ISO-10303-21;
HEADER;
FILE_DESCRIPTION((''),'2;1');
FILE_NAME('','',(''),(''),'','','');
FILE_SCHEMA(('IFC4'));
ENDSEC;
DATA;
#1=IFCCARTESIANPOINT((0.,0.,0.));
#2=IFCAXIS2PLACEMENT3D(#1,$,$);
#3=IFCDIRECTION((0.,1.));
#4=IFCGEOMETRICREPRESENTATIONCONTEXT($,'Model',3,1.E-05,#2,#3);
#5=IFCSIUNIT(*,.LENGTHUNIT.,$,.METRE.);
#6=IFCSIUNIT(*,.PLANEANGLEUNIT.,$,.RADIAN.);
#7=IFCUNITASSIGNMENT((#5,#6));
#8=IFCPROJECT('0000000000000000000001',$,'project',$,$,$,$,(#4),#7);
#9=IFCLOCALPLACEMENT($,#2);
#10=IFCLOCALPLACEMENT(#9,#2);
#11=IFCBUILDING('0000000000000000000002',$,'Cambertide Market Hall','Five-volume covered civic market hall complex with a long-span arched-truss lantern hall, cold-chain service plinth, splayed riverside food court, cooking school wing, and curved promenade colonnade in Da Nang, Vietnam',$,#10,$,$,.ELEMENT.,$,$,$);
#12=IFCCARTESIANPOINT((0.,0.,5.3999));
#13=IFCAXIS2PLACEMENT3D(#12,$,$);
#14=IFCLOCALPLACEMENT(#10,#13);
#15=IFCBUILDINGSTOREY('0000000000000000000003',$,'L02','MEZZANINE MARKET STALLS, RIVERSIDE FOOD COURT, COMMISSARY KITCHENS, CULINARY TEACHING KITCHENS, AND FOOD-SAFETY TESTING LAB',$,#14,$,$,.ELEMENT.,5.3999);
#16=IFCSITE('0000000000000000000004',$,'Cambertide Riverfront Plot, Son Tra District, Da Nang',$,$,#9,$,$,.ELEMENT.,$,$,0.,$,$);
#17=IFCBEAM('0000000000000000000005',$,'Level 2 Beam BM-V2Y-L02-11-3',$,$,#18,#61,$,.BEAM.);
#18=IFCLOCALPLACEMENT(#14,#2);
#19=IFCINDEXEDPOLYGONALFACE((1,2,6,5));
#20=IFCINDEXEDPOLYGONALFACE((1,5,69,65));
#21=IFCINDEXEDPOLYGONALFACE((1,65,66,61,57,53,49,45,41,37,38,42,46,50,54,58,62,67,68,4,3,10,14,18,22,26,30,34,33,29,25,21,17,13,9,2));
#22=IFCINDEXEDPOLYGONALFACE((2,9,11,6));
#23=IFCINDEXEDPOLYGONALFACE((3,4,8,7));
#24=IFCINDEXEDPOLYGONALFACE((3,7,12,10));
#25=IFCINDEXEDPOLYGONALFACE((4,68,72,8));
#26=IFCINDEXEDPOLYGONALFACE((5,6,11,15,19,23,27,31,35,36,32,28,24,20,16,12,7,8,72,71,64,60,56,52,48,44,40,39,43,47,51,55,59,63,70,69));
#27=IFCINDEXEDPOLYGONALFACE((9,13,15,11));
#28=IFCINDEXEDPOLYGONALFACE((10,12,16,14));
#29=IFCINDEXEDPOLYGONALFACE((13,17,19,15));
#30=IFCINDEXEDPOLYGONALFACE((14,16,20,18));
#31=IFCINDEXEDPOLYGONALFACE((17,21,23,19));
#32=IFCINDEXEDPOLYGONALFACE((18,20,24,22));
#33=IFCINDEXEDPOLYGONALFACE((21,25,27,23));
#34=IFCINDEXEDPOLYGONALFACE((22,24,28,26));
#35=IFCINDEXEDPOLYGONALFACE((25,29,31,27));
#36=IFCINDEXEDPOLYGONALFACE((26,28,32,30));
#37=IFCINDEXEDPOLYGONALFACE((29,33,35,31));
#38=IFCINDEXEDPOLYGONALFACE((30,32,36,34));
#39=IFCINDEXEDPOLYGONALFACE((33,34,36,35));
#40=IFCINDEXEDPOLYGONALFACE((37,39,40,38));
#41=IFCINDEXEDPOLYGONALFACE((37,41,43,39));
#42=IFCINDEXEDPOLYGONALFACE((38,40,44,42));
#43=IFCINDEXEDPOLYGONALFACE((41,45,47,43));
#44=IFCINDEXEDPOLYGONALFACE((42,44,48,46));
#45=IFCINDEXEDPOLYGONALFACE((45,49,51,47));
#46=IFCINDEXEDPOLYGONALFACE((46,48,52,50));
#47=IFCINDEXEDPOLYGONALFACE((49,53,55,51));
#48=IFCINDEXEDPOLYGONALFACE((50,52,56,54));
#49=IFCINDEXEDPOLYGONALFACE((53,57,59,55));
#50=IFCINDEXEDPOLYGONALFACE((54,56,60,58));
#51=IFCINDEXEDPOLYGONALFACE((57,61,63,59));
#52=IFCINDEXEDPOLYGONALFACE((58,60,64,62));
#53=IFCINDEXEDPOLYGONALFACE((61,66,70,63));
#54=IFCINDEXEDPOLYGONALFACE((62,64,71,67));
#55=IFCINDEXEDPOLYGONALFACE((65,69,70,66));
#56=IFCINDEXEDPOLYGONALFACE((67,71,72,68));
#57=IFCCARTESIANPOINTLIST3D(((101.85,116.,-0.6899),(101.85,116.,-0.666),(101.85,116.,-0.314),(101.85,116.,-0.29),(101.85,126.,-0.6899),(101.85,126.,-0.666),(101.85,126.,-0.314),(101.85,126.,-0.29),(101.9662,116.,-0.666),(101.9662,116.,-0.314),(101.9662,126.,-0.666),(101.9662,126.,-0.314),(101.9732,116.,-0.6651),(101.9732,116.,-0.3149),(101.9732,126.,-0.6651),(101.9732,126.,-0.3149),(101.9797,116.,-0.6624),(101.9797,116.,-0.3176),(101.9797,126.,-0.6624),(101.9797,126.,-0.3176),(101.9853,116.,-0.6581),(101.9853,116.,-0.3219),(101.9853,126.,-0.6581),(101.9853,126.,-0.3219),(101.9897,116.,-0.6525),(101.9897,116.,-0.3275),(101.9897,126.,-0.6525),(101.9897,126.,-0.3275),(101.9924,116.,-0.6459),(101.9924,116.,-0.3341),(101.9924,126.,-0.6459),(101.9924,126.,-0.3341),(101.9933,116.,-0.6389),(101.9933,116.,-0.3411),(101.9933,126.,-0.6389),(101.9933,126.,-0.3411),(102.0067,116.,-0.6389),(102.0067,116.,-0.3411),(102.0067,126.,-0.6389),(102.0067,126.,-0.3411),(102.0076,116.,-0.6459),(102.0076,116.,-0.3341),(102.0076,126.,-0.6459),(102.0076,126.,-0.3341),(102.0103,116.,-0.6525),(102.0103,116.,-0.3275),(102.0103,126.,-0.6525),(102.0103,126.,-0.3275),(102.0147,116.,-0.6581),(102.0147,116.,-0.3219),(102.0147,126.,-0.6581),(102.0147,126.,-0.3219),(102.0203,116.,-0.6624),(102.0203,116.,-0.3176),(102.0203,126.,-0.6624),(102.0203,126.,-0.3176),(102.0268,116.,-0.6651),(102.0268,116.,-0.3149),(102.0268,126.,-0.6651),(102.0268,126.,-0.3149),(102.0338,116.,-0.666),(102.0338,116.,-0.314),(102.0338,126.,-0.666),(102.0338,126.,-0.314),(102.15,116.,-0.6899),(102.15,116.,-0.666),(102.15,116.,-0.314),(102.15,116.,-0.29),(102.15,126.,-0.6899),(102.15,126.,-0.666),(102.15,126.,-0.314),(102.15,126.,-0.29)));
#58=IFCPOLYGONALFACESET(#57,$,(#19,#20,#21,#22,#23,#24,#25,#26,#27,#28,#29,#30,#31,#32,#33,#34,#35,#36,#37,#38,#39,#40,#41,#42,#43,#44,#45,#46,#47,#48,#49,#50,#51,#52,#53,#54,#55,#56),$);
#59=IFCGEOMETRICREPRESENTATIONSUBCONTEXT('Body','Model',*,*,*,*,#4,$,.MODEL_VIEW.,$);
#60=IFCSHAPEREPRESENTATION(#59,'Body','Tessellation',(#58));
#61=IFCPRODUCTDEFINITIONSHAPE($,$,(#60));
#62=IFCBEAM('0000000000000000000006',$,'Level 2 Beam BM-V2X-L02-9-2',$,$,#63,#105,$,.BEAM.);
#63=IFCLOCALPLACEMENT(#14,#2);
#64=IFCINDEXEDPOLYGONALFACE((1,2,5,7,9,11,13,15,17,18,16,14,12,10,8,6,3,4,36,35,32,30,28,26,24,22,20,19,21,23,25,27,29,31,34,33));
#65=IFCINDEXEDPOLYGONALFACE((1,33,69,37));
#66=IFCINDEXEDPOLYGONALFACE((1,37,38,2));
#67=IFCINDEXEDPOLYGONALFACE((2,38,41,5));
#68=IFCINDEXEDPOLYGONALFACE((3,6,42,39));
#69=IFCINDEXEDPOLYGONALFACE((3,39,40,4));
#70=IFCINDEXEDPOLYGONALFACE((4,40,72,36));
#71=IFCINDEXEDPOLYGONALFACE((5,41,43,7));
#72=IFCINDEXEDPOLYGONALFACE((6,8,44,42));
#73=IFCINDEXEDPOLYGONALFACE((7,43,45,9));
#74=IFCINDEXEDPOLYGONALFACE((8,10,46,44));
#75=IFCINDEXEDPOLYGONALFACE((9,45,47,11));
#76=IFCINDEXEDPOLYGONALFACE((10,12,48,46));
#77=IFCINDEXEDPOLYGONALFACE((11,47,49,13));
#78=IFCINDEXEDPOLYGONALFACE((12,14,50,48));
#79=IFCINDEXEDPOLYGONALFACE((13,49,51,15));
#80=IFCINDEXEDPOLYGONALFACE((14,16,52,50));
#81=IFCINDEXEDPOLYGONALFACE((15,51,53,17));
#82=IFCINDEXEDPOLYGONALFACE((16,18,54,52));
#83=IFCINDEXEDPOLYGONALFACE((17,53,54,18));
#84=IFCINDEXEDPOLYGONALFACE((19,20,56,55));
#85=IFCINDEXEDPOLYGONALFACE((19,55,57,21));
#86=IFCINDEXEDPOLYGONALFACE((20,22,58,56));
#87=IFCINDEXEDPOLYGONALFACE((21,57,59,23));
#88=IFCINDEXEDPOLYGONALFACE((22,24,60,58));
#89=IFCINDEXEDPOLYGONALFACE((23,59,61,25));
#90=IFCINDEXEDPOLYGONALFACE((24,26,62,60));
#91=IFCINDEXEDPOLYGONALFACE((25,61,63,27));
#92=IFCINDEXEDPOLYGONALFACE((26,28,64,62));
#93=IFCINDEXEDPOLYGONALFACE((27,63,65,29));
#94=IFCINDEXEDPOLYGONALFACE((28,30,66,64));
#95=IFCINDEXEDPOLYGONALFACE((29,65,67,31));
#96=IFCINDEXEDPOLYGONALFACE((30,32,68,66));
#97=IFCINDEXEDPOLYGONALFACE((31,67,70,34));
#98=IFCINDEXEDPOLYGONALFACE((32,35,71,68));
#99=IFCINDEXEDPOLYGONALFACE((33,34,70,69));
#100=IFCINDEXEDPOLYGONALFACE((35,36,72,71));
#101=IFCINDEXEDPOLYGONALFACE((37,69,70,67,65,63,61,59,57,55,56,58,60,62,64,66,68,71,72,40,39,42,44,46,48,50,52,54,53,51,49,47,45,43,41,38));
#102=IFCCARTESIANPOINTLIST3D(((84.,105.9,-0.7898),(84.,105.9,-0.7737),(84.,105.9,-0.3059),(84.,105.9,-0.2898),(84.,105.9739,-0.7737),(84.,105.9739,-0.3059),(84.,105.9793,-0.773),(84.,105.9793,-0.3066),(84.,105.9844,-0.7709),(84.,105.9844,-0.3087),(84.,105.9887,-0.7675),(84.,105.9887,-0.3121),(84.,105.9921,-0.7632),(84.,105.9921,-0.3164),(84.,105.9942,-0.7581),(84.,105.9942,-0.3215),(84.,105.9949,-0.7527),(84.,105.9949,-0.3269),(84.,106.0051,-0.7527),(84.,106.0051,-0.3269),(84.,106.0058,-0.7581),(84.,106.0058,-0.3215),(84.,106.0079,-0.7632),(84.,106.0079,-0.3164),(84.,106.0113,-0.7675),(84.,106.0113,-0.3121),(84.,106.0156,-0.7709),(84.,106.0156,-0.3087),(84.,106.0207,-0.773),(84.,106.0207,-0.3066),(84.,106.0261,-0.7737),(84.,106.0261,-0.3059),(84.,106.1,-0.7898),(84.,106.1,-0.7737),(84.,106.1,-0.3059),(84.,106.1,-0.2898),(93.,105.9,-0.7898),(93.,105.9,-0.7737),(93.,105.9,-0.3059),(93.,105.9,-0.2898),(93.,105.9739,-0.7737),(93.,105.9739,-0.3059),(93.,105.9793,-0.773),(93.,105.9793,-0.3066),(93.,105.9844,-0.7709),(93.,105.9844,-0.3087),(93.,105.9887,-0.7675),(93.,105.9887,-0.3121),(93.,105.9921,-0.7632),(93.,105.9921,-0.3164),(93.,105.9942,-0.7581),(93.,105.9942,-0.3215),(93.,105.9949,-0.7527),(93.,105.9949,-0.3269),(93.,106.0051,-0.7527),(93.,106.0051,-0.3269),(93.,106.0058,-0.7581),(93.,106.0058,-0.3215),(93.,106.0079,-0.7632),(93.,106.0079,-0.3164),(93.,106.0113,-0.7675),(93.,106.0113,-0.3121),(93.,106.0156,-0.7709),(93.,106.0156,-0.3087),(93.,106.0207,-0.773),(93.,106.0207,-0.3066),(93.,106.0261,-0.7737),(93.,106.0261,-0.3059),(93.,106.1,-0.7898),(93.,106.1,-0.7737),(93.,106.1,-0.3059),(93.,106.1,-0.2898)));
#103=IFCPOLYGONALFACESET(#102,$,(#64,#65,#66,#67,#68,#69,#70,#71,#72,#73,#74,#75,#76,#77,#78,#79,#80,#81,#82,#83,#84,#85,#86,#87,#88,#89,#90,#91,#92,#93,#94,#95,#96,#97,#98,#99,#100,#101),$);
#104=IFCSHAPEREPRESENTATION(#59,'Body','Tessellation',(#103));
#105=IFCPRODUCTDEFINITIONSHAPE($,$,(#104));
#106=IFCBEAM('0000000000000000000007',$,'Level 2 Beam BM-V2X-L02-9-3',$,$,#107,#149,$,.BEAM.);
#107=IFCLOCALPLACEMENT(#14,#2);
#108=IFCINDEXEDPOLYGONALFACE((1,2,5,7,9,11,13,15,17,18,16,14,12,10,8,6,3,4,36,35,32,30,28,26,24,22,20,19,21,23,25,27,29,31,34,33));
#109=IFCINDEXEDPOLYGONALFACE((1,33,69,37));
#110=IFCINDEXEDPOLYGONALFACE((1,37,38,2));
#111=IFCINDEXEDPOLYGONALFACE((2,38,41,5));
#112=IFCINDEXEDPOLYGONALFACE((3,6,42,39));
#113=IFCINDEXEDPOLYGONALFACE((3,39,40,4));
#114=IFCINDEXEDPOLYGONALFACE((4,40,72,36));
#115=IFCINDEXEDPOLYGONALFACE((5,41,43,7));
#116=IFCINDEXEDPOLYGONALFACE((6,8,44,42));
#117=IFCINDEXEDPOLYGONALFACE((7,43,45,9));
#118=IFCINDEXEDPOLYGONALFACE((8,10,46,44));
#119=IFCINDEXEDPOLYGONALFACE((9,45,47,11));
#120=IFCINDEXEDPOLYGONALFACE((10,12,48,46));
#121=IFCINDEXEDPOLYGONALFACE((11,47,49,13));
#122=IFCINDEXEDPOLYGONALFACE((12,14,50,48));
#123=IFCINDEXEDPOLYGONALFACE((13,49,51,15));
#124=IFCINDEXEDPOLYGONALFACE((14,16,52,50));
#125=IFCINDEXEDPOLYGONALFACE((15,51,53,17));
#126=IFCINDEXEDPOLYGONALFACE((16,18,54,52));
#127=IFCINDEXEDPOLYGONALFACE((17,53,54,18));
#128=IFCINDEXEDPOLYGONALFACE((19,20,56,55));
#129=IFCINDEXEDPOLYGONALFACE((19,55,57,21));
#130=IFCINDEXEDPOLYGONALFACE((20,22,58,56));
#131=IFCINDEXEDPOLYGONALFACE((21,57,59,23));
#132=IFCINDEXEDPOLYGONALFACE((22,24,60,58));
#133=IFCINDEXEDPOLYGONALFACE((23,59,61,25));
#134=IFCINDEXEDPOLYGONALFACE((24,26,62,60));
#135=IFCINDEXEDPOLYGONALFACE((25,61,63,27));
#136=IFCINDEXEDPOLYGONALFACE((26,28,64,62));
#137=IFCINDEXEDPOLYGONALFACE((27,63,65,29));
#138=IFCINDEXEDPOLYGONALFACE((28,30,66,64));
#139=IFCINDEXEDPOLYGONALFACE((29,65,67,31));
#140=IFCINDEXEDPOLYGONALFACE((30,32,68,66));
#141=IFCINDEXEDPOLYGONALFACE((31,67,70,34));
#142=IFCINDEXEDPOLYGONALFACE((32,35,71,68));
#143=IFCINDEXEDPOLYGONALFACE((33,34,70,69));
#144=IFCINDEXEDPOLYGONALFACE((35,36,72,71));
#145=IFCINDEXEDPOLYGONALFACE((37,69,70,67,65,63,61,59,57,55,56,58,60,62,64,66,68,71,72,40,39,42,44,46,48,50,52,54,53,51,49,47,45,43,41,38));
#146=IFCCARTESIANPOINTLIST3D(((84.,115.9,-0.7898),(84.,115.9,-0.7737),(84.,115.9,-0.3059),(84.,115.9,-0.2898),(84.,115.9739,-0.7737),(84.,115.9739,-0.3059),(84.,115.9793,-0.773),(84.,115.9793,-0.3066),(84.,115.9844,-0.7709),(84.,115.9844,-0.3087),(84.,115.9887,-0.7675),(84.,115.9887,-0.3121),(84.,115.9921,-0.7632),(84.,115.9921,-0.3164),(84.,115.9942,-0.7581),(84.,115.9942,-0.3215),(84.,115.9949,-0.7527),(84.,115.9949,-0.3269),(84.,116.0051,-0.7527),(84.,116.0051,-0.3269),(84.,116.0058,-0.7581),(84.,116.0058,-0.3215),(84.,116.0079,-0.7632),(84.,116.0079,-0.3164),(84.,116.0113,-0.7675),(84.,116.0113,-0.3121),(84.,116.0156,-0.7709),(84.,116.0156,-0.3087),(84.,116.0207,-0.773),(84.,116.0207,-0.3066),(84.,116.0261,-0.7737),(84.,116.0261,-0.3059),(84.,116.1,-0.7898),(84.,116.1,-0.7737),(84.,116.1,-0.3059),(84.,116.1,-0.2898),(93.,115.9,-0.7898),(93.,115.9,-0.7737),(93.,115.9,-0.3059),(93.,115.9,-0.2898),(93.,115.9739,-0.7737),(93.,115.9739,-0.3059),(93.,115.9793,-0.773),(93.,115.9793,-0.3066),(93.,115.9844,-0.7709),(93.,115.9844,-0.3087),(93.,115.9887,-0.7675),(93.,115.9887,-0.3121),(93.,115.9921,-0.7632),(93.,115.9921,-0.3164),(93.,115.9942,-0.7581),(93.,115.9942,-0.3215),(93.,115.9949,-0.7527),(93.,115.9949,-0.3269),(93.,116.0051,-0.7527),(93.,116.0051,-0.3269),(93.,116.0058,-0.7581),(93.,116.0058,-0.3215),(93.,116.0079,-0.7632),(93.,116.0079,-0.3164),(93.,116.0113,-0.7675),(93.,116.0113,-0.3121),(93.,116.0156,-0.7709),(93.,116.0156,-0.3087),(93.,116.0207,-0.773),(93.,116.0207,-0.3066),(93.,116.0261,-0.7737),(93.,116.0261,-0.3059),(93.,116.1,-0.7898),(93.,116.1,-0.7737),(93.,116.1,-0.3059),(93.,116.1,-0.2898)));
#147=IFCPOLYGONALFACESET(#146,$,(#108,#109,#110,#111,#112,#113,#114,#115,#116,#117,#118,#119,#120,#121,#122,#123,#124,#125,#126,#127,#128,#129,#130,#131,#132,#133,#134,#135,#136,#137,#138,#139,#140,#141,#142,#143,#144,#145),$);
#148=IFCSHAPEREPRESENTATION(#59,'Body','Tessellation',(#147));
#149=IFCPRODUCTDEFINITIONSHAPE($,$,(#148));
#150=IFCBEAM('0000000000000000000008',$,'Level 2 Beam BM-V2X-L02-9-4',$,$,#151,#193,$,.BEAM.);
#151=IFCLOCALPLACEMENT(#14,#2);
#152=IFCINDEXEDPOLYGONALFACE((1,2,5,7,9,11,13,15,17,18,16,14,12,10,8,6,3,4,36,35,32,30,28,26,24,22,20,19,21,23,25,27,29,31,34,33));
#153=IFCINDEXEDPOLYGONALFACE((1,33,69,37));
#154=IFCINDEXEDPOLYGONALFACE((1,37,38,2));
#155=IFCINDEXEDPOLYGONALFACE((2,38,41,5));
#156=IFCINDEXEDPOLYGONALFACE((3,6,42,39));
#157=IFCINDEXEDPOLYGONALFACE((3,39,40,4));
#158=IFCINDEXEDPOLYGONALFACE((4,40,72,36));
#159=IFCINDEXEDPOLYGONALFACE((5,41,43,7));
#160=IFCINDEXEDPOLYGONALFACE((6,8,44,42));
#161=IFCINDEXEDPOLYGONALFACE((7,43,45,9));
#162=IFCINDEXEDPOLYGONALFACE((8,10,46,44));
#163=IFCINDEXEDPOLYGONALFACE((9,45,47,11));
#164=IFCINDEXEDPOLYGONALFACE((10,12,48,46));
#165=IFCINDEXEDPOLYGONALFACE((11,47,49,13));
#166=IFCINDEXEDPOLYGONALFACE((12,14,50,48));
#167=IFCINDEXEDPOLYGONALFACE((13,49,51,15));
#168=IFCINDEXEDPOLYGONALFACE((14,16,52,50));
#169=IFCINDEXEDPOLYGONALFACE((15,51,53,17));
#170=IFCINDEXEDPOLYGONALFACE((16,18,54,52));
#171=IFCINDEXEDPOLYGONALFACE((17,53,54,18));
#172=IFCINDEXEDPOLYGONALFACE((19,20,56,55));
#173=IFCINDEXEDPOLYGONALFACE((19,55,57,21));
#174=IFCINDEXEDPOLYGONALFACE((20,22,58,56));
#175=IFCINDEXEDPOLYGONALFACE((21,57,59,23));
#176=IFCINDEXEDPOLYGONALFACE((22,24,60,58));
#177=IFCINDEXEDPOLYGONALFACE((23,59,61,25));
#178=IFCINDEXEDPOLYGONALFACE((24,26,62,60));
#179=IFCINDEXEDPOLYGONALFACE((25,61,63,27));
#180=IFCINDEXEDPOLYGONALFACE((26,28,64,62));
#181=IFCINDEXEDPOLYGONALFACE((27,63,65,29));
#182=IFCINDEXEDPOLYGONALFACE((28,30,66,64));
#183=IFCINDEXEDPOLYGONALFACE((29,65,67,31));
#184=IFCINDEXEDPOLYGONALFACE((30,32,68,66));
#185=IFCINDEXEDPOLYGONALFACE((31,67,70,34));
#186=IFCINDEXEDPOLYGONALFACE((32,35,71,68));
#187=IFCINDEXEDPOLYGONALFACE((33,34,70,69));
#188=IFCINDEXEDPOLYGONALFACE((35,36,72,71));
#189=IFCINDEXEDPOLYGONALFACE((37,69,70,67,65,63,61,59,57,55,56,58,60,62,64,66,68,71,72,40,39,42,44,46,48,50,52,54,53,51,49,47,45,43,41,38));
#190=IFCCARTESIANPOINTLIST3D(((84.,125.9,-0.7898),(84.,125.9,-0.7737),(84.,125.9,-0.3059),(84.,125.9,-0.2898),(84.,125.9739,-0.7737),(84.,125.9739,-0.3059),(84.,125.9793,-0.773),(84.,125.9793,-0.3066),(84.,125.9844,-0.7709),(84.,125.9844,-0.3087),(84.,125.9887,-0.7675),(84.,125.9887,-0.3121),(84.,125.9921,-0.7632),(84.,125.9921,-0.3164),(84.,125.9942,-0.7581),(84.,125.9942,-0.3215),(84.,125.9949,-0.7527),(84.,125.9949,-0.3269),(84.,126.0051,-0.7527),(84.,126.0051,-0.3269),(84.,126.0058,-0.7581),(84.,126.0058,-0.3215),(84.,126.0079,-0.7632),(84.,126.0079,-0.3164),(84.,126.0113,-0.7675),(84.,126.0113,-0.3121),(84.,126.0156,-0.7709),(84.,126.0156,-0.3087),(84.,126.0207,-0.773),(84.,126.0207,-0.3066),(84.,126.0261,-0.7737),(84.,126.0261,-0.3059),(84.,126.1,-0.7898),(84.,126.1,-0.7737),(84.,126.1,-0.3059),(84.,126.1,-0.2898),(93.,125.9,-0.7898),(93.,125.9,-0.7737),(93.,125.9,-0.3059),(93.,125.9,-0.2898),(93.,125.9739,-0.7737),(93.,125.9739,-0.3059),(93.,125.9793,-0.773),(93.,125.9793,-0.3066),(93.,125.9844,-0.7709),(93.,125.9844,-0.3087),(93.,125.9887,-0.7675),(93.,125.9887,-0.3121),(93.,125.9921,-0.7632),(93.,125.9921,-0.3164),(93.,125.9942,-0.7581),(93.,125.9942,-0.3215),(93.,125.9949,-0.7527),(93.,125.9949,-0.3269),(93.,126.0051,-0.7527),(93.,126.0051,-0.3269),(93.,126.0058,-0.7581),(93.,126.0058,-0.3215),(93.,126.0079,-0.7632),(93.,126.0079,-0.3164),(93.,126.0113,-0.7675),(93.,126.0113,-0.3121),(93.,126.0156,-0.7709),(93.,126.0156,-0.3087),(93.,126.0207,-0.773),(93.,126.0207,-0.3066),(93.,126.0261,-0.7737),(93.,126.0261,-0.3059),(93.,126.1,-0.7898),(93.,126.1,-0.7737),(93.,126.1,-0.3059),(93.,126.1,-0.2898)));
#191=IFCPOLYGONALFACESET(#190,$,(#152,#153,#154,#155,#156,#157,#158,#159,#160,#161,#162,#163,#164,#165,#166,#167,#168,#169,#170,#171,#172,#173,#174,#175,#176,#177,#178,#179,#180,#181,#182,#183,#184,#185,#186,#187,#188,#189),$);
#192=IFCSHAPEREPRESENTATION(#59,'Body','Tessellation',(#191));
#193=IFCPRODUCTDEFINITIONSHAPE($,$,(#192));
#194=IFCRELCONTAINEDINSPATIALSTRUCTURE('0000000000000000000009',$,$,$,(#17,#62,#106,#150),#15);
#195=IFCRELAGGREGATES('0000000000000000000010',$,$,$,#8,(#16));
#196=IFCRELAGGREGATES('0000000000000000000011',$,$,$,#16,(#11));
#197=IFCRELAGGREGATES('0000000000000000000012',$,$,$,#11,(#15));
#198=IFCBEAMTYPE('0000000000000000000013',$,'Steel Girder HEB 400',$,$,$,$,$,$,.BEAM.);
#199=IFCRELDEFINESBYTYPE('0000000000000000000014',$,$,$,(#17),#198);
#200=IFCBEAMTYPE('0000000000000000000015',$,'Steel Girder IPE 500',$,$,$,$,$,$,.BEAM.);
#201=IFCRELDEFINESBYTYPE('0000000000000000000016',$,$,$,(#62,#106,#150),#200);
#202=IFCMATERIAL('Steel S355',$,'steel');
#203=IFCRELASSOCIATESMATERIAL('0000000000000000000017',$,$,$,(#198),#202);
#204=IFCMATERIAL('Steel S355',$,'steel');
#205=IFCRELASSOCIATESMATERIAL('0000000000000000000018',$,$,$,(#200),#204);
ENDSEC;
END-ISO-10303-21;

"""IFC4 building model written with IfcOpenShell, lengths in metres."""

from ifc_helpers import new_model, si_unit, direction, frame, origin, origin_2d, place, context, subcontext, project, spatial, i_section, extrude, material, material_profile, profile_set, type_object, element, save


model = new_model("IFC4")

# Units and contexts
model_context = context("Model", 3, precision=1e-05, world=origin(), true_north=direction((0.0, 1.0)))
body_context = subcontext(model_context, "Body", "Model", "MODEL_VIEW")
ifc_project = project(units=[si_unit("LENGTHUNIT", "METRE"), si_unit("PLANEANGLEUNIT", "RADIAN")], contexts=[model_context])

# Site, building, storey
site_placement = place(None, origin())
site = spatial("IfcSite", under=ifc_project, at=site_placement, Name="Cambertide Riverfront Plot, Son Tra District, Da Nang", CompositionType="ELEMENT", RefElevation=0.0)
building_placement = place(site_placement, origin())
building = spatial("IfcBuilding", under=site, at=building_placement, Name="Cambertide Market Hall", Description="Five-volume covered civic market hall complex with a long-span arched-truss lantern hall, cold-chain service plinth, splayed riverside food court, cooking school wing, and curved promenade colonnade in Da Nang, Vietnam", CompositionType="ELEMENT")
storey_placement = place(building_placement, frame((0.0, 0.0, 5.3999)))
storey = spatial("IfcBuildingStorey", under=building, at=storey_placement, Name="L02", Description="MEZZANINE MARKET STALLS, RIVERSIDE FOOD COURT, COMMISSARY KITCHENS, CULINARY TEACHING KITCHENS, AND FOOD-SAFETY TESTING LAB", CompositionType="ELEMENT", Elevation=5.3999)

# Beams
ifc_material_1 = material(Name="Steel S355", Category="steel")
ifc_material_profile_1 = material_profile(ifc_material_1, i_section(OverallWidth=0.3, OverallDepth=0.3999, WebThickness=0.0134, FlangeThickness=0.0239, FilletRadius=0.0271, at=origin_2d()), Name="HEB 400")
ifc_profile_set_1 = profile_set([ifc_material_profile_1], Name="Steel S355")
beam_type_1 = type_object("IfcBeamType", Name="Steel Girder HEB 400", PredefinedType="BEAM", material=ifc_profile_set_1)
for number, where, z_axis, x_axis, name in (
    (1, (102.0, 116.0, -0.49), (0.0, 1.0, 0.0), (-1.0, 0.0, 0.0), "Level 2 Beam BM-V2Y-L02-11-3"),
):
    element("IfcBeam", number, at=place(storey_placement, frame(where, z_axis=z_axis, x_axis=x_axis)), inside=storey, type_object=beam_type_1, Name=name, PredefinedType="BEAM", context=body_context, shape_type="SweptSolid", body=[
        extrude(i_section(OverallWidth=0.3, OverallDepth=0.3999, WebThickness=0.0134, FlangeThickness=0.0239, FilletRadius=0.0271, at=origin_2d()), origin(), (0.0, 0.0, 1.0), 10.0),
    ])
ifc_material_2 = material(Name="Steel S355", Category="steel")
ifc_material_profile_2 = material_profile(ifc_material_2, i_section(OverallWidth=0.2, OverallDepth=0.5, WebThickness=0.0103, FlangeThickness=0.0161, FilletRadius=0.021, at=origin_2d()), Name="IPE 500")
ifc_profile_set_2 = profile_set([ifc_material_profile_2], Name="Steel S355")
beam_type_2 = type_object("IfcBeamType", Name="Steel Girder IPE 500", PredefinedType="BEAM", material=ifc_profile_set_2)
for number, where, z_axis, x_axis, name in (
    (2, (84.0, 106.0, -0.5398), (1.0, 0.0, 0.0), (0.0, 1.0, 0.0), "Level 2 Beam BM-V2X-L02-9-2"),
    (3, (84.0, 116.0, -0.5398), (1.0, 0.0, 0.0), (0.0, 1.0, 0.0), "Level 2 Beam BM-V2X-L02-9-3"),
    (4, (84.0, 126.0, -0.5398), (1.0, 0.0, 0.0), (0.0, 1.0, 0.0), "Level 2 Beam BM-V2X-L02-9-4"),
):
    element("IfcBeam", number, at=place(storey_placement, frame(where, z_axis=z_axis, x_axis=x_axis)), inside=storey, type_object=beam_type_2, Name=name, PredefinedType="BEAM", context=body_context, shape_type="SweptSolid", body=[
        extrude(i_section(OverallWidth=0.2, OverallDepth=0.5, WebThickness=0.0103, FlangeThickness=0.0161, FilletRadius=0.021, at=origin_2d()), origin(), (0.0, 0.0, 1.0), 9.0),
    ])

save(model, "model.ifc")
